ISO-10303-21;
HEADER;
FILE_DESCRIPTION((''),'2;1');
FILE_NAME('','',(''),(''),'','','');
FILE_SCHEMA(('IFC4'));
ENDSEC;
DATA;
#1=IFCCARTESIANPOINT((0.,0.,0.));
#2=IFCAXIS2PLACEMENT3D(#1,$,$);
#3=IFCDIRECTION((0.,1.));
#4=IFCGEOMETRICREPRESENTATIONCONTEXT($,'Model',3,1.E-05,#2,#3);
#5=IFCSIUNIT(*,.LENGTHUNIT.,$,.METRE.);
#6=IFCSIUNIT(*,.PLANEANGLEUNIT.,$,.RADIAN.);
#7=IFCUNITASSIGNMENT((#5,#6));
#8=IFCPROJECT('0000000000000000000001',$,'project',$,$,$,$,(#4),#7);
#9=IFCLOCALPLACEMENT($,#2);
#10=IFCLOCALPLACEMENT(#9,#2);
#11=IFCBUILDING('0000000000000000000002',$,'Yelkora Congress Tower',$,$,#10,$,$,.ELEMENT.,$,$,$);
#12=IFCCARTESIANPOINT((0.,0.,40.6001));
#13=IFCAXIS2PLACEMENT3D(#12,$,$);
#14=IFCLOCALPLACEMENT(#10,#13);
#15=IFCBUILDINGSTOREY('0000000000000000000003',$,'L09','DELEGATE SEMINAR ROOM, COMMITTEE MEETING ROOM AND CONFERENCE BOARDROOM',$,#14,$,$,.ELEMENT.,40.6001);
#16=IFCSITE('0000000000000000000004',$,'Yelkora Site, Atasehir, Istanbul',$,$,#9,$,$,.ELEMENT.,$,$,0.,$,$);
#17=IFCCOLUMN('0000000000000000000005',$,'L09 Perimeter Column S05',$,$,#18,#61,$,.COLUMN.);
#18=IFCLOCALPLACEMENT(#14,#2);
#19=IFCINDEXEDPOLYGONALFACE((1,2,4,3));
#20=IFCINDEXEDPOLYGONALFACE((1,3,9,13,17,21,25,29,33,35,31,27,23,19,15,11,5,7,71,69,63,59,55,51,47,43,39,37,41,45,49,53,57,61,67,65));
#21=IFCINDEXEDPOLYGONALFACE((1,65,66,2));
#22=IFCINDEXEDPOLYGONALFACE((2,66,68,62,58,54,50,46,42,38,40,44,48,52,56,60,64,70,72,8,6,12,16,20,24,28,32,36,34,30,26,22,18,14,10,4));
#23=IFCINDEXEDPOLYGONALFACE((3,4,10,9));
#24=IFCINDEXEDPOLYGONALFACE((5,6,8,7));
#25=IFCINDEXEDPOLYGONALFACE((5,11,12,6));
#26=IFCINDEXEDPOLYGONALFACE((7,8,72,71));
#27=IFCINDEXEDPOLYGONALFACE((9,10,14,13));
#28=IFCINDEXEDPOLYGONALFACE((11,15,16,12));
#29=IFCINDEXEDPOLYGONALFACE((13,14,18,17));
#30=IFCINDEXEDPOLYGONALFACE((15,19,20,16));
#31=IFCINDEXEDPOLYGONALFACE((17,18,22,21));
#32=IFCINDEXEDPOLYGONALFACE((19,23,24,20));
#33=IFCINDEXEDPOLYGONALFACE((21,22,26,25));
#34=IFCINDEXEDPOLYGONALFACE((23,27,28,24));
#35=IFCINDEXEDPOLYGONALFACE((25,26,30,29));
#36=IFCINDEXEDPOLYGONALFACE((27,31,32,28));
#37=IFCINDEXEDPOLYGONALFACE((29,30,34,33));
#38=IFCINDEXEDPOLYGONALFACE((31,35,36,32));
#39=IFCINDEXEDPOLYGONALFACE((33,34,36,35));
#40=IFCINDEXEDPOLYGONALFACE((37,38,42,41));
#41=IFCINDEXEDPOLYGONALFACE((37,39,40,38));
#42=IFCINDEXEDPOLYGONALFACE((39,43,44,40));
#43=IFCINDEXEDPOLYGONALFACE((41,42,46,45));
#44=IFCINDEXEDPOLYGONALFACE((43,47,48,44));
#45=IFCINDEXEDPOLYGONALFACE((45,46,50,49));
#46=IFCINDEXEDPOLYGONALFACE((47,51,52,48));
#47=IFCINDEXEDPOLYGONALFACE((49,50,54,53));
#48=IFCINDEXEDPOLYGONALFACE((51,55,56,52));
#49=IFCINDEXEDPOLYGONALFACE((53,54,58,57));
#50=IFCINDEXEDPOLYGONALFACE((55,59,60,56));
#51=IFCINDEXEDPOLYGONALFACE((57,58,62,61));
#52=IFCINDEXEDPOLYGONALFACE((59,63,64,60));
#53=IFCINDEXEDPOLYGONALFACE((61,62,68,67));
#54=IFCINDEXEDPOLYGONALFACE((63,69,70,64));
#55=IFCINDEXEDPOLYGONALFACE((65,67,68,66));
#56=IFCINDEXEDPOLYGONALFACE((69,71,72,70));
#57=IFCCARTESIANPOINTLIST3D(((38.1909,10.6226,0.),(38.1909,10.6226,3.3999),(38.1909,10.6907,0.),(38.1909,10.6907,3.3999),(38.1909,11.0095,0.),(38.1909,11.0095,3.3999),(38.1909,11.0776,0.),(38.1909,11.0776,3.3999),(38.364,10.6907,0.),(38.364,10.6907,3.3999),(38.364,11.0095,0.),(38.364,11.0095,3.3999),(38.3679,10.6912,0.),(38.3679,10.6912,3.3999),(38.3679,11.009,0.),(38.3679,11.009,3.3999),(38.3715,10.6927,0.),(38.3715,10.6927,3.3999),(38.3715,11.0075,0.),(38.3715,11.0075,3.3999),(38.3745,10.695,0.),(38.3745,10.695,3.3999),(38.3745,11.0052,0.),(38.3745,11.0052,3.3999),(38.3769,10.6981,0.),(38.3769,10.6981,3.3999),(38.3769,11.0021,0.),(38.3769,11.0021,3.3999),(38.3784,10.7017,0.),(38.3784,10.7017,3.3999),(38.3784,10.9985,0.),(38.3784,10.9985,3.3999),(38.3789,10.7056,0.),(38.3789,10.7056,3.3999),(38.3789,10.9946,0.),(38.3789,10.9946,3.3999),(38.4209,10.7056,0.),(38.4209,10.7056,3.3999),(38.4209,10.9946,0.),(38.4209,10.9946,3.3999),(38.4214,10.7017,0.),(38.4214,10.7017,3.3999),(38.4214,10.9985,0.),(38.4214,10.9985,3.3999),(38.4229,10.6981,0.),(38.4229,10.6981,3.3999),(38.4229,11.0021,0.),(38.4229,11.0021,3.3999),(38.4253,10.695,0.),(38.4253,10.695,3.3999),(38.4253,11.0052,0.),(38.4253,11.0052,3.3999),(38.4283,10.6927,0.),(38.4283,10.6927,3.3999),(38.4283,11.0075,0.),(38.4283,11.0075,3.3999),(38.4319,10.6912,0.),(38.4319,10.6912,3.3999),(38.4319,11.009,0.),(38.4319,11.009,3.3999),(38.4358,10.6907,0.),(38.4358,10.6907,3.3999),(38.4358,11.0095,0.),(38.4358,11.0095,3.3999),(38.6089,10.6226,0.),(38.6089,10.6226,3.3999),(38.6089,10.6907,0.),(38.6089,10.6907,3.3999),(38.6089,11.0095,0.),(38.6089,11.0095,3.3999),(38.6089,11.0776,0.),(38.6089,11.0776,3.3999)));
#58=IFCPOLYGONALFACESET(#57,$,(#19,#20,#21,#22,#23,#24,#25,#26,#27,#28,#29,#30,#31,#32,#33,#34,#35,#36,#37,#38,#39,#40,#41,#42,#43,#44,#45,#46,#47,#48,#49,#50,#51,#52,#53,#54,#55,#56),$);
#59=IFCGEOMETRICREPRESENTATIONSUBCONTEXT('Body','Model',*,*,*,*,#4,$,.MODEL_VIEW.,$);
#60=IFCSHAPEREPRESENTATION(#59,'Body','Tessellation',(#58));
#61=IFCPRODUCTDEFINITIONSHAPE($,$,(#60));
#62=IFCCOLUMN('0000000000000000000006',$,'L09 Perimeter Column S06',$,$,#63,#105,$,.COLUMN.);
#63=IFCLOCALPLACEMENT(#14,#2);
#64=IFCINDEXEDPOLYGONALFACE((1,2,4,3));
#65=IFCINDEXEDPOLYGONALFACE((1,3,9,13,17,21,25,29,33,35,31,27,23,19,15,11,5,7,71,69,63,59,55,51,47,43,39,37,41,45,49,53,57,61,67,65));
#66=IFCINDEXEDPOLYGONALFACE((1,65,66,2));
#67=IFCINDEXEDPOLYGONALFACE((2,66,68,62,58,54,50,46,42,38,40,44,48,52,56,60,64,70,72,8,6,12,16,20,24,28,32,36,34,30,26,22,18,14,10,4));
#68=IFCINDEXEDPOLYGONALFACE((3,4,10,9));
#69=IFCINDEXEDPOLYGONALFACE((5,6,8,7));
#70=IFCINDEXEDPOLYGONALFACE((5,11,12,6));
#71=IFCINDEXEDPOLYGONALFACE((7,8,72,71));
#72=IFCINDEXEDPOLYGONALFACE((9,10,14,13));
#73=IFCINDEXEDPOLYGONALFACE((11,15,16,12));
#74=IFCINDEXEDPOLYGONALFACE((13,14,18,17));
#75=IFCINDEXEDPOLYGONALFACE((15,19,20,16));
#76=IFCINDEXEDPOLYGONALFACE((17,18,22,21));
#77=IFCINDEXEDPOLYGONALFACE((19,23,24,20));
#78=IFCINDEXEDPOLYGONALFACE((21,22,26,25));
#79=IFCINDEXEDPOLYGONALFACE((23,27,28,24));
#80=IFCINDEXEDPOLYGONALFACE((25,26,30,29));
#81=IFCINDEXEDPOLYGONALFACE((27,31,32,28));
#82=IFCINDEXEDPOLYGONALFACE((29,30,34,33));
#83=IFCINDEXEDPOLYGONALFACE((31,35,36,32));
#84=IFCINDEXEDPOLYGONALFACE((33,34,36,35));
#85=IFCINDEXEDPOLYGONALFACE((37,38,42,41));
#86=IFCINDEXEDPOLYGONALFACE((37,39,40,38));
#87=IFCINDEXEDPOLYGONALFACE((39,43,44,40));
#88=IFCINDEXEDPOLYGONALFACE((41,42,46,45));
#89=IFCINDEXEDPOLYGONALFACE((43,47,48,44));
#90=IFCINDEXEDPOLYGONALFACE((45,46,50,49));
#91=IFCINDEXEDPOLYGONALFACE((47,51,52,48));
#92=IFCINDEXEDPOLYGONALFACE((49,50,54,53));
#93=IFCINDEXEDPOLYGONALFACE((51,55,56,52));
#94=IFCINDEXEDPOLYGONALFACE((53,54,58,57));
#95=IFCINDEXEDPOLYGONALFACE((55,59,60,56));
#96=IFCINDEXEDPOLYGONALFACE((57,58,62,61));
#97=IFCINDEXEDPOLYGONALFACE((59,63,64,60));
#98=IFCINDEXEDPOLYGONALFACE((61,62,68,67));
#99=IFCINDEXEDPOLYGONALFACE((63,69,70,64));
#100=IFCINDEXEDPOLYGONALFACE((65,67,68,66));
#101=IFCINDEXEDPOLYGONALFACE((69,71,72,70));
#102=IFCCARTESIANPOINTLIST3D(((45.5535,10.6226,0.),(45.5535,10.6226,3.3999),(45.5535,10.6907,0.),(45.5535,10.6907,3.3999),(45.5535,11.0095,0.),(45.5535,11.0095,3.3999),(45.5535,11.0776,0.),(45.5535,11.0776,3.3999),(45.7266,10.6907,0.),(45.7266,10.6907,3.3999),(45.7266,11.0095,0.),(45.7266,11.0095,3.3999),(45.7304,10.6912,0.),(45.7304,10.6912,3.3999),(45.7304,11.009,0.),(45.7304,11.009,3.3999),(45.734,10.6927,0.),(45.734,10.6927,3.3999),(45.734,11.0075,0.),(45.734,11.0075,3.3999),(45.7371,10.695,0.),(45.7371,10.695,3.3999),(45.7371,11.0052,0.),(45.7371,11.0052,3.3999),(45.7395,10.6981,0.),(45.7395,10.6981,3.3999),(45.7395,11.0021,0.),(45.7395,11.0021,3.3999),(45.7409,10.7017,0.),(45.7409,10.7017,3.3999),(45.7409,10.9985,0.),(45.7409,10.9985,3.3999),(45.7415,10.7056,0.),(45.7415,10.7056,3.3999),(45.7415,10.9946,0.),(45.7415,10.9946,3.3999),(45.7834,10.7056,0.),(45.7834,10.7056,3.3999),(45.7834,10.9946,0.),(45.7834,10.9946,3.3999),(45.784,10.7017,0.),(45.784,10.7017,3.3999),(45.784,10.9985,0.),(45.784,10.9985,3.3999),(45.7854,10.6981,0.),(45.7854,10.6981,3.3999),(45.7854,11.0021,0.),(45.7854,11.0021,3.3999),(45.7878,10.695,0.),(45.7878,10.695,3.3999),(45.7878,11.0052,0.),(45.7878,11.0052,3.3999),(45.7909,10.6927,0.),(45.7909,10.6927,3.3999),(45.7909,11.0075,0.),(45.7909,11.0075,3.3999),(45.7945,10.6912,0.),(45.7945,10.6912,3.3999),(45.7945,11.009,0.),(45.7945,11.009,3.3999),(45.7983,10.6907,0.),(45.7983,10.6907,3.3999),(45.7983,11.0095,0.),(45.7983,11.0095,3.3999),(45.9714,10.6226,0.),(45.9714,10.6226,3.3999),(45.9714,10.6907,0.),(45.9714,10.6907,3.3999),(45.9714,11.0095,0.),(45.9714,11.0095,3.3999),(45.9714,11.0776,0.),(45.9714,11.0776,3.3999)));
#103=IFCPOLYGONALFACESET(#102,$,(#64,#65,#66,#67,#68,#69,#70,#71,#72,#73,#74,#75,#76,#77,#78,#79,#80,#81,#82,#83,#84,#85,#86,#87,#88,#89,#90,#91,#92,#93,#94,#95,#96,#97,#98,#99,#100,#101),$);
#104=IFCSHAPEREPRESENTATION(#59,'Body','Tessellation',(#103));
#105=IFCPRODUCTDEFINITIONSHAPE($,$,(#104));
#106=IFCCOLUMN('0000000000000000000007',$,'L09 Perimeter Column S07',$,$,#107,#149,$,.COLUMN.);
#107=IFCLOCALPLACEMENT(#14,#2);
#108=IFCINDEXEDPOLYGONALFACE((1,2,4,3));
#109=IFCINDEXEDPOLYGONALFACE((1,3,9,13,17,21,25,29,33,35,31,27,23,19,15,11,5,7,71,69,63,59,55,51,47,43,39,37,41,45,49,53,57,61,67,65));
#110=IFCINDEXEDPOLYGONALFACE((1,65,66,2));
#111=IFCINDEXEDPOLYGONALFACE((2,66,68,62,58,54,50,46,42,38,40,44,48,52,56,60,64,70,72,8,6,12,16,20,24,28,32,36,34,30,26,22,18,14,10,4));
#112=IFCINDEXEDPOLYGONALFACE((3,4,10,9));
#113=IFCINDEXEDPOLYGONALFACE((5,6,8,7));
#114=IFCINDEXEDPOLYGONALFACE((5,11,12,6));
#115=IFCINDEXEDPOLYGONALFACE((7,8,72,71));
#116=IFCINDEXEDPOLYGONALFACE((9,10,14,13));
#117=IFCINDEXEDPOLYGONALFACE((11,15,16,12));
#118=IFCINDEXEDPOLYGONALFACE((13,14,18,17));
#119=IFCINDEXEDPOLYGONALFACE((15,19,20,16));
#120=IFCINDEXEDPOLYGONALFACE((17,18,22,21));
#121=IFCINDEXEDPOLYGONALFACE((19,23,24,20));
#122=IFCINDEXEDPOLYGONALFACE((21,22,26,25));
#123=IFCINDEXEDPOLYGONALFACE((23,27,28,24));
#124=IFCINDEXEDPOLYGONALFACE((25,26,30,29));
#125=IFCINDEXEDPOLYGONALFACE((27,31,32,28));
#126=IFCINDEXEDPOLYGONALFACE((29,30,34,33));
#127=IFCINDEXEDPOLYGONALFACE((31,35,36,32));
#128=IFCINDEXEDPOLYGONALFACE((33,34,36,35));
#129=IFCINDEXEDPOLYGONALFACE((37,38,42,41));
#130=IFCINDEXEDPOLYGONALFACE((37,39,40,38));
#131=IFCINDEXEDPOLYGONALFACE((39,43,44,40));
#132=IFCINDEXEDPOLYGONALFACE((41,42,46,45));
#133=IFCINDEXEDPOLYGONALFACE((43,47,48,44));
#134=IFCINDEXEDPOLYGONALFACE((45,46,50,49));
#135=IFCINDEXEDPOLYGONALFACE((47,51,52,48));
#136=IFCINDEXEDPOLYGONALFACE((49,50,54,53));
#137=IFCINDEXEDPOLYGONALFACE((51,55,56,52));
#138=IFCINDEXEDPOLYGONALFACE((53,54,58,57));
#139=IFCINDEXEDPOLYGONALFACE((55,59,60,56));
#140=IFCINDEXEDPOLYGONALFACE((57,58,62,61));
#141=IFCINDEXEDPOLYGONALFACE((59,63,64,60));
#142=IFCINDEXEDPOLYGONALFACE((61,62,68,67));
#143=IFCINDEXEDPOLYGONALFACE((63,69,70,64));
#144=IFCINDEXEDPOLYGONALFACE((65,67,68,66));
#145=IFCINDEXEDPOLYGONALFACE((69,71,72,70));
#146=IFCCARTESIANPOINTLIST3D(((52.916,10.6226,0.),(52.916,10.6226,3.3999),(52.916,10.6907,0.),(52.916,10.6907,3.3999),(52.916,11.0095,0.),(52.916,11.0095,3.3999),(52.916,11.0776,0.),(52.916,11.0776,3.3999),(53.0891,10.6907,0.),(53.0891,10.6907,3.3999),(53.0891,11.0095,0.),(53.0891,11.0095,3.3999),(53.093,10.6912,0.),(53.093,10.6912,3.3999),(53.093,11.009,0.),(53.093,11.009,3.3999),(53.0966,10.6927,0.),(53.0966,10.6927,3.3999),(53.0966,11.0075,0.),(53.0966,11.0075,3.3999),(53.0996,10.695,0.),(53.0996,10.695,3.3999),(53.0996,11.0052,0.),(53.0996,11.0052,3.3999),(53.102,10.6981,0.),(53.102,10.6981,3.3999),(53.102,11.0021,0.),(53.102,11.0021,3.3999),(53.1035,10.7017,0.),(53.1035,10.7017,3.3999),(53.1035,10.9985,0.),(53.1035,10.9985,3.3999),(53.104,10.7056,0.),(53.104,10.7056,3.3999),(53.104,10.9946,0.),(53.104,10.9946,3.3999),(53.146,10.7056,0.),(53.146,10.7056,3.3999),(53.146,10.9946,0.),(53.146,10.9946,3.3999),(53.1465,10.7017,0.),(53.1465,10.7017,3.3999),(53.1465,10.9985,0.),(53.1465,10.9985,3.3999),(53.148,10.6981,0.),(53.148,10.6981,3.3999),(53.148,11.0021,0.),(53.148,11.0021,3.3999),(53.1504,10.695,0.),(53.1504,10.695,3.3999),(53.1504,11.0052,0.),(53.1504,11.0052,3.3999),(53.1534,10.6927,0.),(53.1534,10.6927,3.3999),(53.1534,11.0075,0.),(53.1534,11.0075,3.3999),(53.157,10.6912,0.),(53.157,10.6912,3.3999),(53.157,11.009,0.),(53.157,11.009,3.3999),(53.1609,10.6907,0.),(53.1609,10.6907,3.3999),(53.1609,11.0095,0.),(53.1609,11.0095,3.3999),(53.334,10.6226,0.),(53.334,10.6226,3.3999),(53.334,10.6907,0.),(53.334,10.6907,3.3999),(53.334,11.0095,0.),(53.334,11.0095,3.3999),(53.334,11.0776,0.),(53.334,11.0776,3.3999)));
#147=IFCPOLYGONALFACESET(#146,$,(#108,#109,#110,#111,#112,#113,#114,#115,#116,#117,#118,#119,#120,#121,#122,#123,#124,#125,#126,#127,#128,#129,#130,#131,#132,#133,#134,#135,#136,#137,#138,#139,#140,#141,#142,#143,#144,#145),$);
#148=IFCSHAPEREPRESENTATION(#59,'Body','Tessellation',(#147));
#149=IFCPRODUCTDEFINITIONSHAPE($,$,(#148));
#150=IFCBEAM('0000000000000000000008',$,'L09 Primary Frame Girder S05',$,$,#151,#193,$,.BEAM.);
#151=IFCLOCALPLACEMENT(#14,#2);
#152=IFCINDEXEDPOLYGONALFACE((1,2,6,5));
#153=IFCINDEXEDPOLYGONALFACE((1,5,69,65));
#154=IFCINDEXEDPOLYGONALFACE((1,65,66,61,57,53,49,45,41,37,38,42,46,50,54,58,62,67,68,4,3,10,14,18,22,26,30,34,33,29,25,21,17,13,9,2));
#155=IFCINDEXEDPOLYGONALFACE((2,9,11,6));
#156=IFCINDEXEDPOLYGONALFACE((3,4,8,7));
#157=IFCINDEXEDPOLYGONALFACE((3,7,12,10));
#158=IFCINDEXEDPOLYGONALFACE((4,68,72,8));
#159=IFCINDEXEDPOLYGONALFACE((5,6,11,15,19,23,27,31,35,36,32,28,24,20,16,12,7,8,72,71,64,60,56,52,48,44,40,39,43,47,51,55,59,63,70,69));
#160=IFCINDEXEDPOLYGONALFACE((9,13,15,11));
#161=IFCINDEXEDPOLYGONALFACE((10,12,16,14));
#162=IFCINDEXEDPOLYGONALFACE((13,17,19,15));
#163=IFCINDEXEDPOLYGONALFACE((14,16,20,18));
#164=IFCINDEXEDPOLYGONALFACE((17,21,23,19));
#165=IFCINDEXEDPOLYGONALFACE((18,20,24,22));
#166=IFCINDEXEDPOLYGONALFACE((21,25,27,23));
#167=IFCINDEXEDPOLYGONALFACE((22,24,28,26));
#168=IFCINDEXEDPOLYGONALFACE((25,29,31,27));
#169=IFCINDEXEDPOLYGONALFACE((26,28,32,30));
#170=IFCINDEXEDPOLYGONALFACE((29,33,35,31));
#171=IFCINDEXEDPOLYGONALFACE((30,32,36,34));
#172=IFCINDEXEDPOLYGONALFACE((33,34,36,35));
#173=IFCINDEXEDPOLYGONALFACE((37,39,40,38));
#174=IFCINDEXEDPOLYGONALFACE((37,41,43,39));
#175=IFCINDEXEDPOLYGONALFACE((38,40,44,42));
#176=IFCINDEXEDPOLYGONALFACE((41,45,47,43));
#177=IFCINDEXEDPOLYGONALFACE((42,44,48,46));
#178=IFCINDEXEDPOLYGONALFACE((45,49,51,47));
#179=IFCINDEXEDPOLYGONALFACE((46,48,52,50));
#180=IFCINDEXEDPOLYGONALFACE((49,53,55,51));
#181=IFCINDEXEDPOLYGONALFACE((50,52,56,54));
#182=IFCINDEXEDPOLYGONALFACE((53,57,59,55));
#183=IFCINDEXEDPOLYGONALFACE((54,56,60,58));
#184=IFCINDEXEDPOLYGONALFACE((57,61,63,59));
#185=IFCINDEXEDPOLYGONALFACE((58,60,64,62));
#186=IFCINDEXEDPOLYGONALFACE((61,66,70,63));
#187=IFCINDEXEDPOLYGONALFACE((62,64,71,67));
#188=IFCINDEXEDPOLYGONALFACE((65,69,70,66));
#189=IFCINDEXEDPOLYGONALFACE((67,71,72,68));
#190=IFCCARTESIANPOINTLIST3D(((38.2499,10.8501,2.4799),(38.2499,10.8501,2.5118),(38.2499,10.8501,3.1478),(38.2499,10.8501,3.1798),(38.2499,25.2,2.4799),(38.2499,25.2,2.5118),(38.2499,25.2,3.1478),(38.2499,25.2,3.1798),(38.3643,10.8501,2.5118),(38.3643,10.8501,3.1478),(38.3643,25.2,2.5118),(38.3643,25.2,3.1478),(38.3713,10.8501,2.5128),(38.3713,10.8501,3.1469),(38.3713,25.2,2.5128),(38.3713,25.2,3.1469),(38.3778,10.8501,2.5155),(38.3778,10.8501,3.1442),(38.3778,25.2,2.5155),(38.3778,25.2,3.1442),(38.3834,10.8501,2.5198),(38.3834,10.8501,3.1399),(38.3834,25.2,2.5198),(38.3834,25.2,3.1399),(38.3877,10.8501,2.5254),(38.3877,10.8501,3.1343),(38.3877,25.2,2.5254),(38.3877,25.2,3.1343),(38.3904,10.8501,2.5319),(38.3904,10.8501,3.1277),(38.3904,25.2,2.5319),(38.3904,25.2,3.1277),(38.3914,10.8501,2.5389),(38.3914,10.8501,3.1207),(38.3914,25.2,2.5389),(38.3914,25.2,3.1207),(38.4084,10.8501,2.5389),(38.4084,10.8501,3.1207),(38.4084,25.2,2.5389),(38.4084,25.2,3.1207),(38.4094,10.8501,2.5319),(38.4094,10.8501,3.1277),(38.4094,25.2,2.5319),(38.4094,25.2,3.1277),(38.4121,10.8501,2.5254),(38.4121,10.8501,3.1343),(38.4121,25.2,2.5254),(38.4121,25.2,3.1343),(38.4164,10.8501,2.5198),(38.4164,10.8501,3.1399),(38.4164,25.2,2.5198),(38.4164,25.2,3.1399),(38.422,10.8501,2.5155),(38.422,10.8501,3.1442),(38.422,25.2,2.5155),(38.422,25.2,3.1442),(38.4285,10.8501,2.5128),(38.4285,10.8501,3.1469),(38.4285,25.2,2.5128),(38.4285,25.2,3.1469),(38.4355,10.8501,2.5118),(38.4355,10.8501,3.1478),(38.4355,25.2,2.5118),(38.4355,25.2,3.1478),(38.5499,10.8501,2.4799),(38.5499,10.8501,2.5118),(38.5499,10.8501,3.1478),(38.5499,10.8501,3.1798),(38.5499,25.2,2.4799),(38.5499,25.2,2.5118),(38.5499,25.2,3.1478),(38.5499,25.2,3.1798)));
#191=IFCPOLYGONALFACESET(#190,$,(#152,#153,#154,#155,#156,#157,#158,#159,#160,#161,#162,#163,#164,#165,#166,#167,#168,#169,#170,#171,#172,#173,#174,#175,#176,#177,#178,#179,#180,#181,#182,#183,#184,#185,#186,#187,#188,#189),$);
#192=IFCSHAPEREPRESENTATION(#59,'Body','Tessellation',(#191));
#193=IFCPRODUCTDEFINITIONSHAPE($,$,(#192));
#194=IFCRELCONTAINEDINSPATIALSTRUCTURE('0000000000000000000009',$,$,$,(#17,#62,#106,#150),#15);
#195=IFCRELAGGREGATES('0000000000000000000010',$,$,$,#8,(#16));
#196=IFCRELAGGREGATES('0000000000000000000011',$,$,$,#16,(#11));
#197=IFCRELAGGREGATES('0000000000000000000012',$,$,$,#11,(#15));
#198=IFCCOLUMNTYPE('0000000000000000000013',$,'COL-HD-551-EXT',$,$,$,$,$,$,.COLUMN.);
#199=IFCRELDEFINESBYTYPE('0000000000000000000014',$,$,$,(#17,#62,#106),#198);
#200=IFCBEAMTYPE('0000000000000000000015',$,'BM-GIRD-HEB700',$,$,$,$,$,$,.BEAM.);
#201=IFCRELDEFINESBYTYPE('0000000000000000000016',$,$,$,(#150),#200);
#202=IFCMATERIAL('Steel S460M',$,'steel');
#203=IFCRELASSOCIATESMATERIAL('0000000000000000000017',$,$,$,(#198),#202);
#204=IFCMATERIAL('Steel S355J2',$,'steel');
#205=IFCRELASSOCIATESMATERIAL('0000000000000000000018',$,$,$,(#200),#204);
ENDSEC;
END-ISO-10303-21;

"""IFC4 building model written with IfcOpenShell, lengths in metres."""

from ifc_helpers import new_model, si_unit, direction, frame, origin, origin_2d, place, context, subcontext, project, spatial, i_section, extrude, material, material_profile, profile_set, type_object, element, save


model = new_model("IFC4")

# Units and contexts
model_context = context("Model", 3, precision=1e-05, world=origin(), true_north=direction((0.0, 1.0)))
body_context = subcontext(model_context, "Body", "Model", "MODEL_VIEW")
ifc_project = project(units=[si_unit("LENGTHUNIT", "METRE"), si_unit("PLANEANGLEUNIT", "RADIAN")], contexts=[model_context])

# Site, building, storey
site_placement = place(None, origin())
site = spatial("IfcSite", under=ifc_project, at=site_placement, Name="Yelkora Site, Atasehir, Istanbul", CompositionType="ELEMENT", RefElevation=0.0)
building_placement = place(site_placement, origin())
building = spatial("IfcBuilding", under=site, at=building_placement, Name="Yelkora Congress Tower", CompositionType="ELEMENT")
storey_placement = place(building_placement, frame((0.0, 0.0, 40.6001)))
storey = spatial("IfcBuildingStorey", under=building, at=storey_placement, Name="L09", Description="DELEGATE SEMINAR ROOM, COMMITTEE MEETING ROOM AND CONFERENCE BOARDROOM", CompositionType="ELEMENT", Elevation=40.6001)

# Columns
ifc_material_1 = material(Name="Steel S460M", Category="steel")
ifc_material_profile_1 = material_profile(ifc_material_1, i_section(OverallWidth=0.418, OverallDepth=0.4551, WebThickness=0.042, FlangeThickness=0.0681, FilletRadius=0.0149, at=origin_2d()), Name="HD 400x551")
ifc_profile_set_1 = profile_set([ifc_material_profile_1], Name="Steel S460M")
column_type = type_object("IfcColumnType", Name="COL-HD-551-EXT", PredefinedType="COLUMN", material=ifc_profile_set_1)
for number, where, z_axis, x_axis, name in (
    (1, (38.3999, 10.8501, 0.0), (0.0, 0.0, 1.0), (1.0, 0.0, 0.0), "L09 Perimeter Column S05"),
    (2, (45.7625, 10.8501, 0.0), (0.0, 0.0, 1.0), (1.0, 0.0, 0.0), "L09 Perimeter Column S06"),
    (3, (53.125, 10.8501, 0.0), (0.0, 0.0, 1.0), (1.0, 0.0, 0.0), "L09 Perimeter Column S07"),
):
    element("IfcColumn", number, at=place(storey_placement, frame(where, z_axis=z_axis, x_axis=x_axis)), inside=storey, type_object=column_type, Name=name, PredefinedType="COLUMN", context=body_context, shape_type="SweptSolid", body=[
        extrude(i_section(OverallWidth=0.418, OverallDepth=0.4551, WebThickness=0.042, FlangeThickness=0.0681, FilletRadius=0.0149, at=origin_2d()), origin(), (0.0, 0.0, 1.0), 3.3999),
    ])

# Beam
ifc_material_2 = material(Name="Steel S355J2", Category="steel")
ifc_material_profile_2 = material_profile(ifc_material_2, i_section(OverallWidth=0.3, OverallDepth=0.7, WebThickness=0.0171, FlangeThickness=0.032, FilletRadius=0.0271, at=origin_2d()), Name="HEB 700")
ifc_profile_set_2 = profile_set([ifc_material_profile_2], Name="Steel S355J2")
beam_type_1 = type_object("IfcBeamType", Name="BM-GIRD-HEB700", PredefinedType="BEAM", material=ifc_profile_set_2)
beam_1_placement = place(storey_placement, frame((38.3999, 10.8501, 2.8298), z_axis=(0.0, 1.0, 0.0), x_axis=(-1.0, 0.0, 0.0)))
element("IfcBeam", 4, at=beam_1_placement, inside=storey, type_object=beam_type_1, Name="L09 Primary Frame Girder S05", PredefinedType="BEAM", context=body_context, shape_type="SweptSolid", body=[
    extrude(i_section(OverallWidth=0.3, OverallDepth=0.7, WebThickness=0.0171, FlangeThickness=0.032, FilletRadius=0.0271, at=origin_2d()), origin(), (0.0, 0.0, 1.0), 14.3499),
])

save(model, "model.ifc")
